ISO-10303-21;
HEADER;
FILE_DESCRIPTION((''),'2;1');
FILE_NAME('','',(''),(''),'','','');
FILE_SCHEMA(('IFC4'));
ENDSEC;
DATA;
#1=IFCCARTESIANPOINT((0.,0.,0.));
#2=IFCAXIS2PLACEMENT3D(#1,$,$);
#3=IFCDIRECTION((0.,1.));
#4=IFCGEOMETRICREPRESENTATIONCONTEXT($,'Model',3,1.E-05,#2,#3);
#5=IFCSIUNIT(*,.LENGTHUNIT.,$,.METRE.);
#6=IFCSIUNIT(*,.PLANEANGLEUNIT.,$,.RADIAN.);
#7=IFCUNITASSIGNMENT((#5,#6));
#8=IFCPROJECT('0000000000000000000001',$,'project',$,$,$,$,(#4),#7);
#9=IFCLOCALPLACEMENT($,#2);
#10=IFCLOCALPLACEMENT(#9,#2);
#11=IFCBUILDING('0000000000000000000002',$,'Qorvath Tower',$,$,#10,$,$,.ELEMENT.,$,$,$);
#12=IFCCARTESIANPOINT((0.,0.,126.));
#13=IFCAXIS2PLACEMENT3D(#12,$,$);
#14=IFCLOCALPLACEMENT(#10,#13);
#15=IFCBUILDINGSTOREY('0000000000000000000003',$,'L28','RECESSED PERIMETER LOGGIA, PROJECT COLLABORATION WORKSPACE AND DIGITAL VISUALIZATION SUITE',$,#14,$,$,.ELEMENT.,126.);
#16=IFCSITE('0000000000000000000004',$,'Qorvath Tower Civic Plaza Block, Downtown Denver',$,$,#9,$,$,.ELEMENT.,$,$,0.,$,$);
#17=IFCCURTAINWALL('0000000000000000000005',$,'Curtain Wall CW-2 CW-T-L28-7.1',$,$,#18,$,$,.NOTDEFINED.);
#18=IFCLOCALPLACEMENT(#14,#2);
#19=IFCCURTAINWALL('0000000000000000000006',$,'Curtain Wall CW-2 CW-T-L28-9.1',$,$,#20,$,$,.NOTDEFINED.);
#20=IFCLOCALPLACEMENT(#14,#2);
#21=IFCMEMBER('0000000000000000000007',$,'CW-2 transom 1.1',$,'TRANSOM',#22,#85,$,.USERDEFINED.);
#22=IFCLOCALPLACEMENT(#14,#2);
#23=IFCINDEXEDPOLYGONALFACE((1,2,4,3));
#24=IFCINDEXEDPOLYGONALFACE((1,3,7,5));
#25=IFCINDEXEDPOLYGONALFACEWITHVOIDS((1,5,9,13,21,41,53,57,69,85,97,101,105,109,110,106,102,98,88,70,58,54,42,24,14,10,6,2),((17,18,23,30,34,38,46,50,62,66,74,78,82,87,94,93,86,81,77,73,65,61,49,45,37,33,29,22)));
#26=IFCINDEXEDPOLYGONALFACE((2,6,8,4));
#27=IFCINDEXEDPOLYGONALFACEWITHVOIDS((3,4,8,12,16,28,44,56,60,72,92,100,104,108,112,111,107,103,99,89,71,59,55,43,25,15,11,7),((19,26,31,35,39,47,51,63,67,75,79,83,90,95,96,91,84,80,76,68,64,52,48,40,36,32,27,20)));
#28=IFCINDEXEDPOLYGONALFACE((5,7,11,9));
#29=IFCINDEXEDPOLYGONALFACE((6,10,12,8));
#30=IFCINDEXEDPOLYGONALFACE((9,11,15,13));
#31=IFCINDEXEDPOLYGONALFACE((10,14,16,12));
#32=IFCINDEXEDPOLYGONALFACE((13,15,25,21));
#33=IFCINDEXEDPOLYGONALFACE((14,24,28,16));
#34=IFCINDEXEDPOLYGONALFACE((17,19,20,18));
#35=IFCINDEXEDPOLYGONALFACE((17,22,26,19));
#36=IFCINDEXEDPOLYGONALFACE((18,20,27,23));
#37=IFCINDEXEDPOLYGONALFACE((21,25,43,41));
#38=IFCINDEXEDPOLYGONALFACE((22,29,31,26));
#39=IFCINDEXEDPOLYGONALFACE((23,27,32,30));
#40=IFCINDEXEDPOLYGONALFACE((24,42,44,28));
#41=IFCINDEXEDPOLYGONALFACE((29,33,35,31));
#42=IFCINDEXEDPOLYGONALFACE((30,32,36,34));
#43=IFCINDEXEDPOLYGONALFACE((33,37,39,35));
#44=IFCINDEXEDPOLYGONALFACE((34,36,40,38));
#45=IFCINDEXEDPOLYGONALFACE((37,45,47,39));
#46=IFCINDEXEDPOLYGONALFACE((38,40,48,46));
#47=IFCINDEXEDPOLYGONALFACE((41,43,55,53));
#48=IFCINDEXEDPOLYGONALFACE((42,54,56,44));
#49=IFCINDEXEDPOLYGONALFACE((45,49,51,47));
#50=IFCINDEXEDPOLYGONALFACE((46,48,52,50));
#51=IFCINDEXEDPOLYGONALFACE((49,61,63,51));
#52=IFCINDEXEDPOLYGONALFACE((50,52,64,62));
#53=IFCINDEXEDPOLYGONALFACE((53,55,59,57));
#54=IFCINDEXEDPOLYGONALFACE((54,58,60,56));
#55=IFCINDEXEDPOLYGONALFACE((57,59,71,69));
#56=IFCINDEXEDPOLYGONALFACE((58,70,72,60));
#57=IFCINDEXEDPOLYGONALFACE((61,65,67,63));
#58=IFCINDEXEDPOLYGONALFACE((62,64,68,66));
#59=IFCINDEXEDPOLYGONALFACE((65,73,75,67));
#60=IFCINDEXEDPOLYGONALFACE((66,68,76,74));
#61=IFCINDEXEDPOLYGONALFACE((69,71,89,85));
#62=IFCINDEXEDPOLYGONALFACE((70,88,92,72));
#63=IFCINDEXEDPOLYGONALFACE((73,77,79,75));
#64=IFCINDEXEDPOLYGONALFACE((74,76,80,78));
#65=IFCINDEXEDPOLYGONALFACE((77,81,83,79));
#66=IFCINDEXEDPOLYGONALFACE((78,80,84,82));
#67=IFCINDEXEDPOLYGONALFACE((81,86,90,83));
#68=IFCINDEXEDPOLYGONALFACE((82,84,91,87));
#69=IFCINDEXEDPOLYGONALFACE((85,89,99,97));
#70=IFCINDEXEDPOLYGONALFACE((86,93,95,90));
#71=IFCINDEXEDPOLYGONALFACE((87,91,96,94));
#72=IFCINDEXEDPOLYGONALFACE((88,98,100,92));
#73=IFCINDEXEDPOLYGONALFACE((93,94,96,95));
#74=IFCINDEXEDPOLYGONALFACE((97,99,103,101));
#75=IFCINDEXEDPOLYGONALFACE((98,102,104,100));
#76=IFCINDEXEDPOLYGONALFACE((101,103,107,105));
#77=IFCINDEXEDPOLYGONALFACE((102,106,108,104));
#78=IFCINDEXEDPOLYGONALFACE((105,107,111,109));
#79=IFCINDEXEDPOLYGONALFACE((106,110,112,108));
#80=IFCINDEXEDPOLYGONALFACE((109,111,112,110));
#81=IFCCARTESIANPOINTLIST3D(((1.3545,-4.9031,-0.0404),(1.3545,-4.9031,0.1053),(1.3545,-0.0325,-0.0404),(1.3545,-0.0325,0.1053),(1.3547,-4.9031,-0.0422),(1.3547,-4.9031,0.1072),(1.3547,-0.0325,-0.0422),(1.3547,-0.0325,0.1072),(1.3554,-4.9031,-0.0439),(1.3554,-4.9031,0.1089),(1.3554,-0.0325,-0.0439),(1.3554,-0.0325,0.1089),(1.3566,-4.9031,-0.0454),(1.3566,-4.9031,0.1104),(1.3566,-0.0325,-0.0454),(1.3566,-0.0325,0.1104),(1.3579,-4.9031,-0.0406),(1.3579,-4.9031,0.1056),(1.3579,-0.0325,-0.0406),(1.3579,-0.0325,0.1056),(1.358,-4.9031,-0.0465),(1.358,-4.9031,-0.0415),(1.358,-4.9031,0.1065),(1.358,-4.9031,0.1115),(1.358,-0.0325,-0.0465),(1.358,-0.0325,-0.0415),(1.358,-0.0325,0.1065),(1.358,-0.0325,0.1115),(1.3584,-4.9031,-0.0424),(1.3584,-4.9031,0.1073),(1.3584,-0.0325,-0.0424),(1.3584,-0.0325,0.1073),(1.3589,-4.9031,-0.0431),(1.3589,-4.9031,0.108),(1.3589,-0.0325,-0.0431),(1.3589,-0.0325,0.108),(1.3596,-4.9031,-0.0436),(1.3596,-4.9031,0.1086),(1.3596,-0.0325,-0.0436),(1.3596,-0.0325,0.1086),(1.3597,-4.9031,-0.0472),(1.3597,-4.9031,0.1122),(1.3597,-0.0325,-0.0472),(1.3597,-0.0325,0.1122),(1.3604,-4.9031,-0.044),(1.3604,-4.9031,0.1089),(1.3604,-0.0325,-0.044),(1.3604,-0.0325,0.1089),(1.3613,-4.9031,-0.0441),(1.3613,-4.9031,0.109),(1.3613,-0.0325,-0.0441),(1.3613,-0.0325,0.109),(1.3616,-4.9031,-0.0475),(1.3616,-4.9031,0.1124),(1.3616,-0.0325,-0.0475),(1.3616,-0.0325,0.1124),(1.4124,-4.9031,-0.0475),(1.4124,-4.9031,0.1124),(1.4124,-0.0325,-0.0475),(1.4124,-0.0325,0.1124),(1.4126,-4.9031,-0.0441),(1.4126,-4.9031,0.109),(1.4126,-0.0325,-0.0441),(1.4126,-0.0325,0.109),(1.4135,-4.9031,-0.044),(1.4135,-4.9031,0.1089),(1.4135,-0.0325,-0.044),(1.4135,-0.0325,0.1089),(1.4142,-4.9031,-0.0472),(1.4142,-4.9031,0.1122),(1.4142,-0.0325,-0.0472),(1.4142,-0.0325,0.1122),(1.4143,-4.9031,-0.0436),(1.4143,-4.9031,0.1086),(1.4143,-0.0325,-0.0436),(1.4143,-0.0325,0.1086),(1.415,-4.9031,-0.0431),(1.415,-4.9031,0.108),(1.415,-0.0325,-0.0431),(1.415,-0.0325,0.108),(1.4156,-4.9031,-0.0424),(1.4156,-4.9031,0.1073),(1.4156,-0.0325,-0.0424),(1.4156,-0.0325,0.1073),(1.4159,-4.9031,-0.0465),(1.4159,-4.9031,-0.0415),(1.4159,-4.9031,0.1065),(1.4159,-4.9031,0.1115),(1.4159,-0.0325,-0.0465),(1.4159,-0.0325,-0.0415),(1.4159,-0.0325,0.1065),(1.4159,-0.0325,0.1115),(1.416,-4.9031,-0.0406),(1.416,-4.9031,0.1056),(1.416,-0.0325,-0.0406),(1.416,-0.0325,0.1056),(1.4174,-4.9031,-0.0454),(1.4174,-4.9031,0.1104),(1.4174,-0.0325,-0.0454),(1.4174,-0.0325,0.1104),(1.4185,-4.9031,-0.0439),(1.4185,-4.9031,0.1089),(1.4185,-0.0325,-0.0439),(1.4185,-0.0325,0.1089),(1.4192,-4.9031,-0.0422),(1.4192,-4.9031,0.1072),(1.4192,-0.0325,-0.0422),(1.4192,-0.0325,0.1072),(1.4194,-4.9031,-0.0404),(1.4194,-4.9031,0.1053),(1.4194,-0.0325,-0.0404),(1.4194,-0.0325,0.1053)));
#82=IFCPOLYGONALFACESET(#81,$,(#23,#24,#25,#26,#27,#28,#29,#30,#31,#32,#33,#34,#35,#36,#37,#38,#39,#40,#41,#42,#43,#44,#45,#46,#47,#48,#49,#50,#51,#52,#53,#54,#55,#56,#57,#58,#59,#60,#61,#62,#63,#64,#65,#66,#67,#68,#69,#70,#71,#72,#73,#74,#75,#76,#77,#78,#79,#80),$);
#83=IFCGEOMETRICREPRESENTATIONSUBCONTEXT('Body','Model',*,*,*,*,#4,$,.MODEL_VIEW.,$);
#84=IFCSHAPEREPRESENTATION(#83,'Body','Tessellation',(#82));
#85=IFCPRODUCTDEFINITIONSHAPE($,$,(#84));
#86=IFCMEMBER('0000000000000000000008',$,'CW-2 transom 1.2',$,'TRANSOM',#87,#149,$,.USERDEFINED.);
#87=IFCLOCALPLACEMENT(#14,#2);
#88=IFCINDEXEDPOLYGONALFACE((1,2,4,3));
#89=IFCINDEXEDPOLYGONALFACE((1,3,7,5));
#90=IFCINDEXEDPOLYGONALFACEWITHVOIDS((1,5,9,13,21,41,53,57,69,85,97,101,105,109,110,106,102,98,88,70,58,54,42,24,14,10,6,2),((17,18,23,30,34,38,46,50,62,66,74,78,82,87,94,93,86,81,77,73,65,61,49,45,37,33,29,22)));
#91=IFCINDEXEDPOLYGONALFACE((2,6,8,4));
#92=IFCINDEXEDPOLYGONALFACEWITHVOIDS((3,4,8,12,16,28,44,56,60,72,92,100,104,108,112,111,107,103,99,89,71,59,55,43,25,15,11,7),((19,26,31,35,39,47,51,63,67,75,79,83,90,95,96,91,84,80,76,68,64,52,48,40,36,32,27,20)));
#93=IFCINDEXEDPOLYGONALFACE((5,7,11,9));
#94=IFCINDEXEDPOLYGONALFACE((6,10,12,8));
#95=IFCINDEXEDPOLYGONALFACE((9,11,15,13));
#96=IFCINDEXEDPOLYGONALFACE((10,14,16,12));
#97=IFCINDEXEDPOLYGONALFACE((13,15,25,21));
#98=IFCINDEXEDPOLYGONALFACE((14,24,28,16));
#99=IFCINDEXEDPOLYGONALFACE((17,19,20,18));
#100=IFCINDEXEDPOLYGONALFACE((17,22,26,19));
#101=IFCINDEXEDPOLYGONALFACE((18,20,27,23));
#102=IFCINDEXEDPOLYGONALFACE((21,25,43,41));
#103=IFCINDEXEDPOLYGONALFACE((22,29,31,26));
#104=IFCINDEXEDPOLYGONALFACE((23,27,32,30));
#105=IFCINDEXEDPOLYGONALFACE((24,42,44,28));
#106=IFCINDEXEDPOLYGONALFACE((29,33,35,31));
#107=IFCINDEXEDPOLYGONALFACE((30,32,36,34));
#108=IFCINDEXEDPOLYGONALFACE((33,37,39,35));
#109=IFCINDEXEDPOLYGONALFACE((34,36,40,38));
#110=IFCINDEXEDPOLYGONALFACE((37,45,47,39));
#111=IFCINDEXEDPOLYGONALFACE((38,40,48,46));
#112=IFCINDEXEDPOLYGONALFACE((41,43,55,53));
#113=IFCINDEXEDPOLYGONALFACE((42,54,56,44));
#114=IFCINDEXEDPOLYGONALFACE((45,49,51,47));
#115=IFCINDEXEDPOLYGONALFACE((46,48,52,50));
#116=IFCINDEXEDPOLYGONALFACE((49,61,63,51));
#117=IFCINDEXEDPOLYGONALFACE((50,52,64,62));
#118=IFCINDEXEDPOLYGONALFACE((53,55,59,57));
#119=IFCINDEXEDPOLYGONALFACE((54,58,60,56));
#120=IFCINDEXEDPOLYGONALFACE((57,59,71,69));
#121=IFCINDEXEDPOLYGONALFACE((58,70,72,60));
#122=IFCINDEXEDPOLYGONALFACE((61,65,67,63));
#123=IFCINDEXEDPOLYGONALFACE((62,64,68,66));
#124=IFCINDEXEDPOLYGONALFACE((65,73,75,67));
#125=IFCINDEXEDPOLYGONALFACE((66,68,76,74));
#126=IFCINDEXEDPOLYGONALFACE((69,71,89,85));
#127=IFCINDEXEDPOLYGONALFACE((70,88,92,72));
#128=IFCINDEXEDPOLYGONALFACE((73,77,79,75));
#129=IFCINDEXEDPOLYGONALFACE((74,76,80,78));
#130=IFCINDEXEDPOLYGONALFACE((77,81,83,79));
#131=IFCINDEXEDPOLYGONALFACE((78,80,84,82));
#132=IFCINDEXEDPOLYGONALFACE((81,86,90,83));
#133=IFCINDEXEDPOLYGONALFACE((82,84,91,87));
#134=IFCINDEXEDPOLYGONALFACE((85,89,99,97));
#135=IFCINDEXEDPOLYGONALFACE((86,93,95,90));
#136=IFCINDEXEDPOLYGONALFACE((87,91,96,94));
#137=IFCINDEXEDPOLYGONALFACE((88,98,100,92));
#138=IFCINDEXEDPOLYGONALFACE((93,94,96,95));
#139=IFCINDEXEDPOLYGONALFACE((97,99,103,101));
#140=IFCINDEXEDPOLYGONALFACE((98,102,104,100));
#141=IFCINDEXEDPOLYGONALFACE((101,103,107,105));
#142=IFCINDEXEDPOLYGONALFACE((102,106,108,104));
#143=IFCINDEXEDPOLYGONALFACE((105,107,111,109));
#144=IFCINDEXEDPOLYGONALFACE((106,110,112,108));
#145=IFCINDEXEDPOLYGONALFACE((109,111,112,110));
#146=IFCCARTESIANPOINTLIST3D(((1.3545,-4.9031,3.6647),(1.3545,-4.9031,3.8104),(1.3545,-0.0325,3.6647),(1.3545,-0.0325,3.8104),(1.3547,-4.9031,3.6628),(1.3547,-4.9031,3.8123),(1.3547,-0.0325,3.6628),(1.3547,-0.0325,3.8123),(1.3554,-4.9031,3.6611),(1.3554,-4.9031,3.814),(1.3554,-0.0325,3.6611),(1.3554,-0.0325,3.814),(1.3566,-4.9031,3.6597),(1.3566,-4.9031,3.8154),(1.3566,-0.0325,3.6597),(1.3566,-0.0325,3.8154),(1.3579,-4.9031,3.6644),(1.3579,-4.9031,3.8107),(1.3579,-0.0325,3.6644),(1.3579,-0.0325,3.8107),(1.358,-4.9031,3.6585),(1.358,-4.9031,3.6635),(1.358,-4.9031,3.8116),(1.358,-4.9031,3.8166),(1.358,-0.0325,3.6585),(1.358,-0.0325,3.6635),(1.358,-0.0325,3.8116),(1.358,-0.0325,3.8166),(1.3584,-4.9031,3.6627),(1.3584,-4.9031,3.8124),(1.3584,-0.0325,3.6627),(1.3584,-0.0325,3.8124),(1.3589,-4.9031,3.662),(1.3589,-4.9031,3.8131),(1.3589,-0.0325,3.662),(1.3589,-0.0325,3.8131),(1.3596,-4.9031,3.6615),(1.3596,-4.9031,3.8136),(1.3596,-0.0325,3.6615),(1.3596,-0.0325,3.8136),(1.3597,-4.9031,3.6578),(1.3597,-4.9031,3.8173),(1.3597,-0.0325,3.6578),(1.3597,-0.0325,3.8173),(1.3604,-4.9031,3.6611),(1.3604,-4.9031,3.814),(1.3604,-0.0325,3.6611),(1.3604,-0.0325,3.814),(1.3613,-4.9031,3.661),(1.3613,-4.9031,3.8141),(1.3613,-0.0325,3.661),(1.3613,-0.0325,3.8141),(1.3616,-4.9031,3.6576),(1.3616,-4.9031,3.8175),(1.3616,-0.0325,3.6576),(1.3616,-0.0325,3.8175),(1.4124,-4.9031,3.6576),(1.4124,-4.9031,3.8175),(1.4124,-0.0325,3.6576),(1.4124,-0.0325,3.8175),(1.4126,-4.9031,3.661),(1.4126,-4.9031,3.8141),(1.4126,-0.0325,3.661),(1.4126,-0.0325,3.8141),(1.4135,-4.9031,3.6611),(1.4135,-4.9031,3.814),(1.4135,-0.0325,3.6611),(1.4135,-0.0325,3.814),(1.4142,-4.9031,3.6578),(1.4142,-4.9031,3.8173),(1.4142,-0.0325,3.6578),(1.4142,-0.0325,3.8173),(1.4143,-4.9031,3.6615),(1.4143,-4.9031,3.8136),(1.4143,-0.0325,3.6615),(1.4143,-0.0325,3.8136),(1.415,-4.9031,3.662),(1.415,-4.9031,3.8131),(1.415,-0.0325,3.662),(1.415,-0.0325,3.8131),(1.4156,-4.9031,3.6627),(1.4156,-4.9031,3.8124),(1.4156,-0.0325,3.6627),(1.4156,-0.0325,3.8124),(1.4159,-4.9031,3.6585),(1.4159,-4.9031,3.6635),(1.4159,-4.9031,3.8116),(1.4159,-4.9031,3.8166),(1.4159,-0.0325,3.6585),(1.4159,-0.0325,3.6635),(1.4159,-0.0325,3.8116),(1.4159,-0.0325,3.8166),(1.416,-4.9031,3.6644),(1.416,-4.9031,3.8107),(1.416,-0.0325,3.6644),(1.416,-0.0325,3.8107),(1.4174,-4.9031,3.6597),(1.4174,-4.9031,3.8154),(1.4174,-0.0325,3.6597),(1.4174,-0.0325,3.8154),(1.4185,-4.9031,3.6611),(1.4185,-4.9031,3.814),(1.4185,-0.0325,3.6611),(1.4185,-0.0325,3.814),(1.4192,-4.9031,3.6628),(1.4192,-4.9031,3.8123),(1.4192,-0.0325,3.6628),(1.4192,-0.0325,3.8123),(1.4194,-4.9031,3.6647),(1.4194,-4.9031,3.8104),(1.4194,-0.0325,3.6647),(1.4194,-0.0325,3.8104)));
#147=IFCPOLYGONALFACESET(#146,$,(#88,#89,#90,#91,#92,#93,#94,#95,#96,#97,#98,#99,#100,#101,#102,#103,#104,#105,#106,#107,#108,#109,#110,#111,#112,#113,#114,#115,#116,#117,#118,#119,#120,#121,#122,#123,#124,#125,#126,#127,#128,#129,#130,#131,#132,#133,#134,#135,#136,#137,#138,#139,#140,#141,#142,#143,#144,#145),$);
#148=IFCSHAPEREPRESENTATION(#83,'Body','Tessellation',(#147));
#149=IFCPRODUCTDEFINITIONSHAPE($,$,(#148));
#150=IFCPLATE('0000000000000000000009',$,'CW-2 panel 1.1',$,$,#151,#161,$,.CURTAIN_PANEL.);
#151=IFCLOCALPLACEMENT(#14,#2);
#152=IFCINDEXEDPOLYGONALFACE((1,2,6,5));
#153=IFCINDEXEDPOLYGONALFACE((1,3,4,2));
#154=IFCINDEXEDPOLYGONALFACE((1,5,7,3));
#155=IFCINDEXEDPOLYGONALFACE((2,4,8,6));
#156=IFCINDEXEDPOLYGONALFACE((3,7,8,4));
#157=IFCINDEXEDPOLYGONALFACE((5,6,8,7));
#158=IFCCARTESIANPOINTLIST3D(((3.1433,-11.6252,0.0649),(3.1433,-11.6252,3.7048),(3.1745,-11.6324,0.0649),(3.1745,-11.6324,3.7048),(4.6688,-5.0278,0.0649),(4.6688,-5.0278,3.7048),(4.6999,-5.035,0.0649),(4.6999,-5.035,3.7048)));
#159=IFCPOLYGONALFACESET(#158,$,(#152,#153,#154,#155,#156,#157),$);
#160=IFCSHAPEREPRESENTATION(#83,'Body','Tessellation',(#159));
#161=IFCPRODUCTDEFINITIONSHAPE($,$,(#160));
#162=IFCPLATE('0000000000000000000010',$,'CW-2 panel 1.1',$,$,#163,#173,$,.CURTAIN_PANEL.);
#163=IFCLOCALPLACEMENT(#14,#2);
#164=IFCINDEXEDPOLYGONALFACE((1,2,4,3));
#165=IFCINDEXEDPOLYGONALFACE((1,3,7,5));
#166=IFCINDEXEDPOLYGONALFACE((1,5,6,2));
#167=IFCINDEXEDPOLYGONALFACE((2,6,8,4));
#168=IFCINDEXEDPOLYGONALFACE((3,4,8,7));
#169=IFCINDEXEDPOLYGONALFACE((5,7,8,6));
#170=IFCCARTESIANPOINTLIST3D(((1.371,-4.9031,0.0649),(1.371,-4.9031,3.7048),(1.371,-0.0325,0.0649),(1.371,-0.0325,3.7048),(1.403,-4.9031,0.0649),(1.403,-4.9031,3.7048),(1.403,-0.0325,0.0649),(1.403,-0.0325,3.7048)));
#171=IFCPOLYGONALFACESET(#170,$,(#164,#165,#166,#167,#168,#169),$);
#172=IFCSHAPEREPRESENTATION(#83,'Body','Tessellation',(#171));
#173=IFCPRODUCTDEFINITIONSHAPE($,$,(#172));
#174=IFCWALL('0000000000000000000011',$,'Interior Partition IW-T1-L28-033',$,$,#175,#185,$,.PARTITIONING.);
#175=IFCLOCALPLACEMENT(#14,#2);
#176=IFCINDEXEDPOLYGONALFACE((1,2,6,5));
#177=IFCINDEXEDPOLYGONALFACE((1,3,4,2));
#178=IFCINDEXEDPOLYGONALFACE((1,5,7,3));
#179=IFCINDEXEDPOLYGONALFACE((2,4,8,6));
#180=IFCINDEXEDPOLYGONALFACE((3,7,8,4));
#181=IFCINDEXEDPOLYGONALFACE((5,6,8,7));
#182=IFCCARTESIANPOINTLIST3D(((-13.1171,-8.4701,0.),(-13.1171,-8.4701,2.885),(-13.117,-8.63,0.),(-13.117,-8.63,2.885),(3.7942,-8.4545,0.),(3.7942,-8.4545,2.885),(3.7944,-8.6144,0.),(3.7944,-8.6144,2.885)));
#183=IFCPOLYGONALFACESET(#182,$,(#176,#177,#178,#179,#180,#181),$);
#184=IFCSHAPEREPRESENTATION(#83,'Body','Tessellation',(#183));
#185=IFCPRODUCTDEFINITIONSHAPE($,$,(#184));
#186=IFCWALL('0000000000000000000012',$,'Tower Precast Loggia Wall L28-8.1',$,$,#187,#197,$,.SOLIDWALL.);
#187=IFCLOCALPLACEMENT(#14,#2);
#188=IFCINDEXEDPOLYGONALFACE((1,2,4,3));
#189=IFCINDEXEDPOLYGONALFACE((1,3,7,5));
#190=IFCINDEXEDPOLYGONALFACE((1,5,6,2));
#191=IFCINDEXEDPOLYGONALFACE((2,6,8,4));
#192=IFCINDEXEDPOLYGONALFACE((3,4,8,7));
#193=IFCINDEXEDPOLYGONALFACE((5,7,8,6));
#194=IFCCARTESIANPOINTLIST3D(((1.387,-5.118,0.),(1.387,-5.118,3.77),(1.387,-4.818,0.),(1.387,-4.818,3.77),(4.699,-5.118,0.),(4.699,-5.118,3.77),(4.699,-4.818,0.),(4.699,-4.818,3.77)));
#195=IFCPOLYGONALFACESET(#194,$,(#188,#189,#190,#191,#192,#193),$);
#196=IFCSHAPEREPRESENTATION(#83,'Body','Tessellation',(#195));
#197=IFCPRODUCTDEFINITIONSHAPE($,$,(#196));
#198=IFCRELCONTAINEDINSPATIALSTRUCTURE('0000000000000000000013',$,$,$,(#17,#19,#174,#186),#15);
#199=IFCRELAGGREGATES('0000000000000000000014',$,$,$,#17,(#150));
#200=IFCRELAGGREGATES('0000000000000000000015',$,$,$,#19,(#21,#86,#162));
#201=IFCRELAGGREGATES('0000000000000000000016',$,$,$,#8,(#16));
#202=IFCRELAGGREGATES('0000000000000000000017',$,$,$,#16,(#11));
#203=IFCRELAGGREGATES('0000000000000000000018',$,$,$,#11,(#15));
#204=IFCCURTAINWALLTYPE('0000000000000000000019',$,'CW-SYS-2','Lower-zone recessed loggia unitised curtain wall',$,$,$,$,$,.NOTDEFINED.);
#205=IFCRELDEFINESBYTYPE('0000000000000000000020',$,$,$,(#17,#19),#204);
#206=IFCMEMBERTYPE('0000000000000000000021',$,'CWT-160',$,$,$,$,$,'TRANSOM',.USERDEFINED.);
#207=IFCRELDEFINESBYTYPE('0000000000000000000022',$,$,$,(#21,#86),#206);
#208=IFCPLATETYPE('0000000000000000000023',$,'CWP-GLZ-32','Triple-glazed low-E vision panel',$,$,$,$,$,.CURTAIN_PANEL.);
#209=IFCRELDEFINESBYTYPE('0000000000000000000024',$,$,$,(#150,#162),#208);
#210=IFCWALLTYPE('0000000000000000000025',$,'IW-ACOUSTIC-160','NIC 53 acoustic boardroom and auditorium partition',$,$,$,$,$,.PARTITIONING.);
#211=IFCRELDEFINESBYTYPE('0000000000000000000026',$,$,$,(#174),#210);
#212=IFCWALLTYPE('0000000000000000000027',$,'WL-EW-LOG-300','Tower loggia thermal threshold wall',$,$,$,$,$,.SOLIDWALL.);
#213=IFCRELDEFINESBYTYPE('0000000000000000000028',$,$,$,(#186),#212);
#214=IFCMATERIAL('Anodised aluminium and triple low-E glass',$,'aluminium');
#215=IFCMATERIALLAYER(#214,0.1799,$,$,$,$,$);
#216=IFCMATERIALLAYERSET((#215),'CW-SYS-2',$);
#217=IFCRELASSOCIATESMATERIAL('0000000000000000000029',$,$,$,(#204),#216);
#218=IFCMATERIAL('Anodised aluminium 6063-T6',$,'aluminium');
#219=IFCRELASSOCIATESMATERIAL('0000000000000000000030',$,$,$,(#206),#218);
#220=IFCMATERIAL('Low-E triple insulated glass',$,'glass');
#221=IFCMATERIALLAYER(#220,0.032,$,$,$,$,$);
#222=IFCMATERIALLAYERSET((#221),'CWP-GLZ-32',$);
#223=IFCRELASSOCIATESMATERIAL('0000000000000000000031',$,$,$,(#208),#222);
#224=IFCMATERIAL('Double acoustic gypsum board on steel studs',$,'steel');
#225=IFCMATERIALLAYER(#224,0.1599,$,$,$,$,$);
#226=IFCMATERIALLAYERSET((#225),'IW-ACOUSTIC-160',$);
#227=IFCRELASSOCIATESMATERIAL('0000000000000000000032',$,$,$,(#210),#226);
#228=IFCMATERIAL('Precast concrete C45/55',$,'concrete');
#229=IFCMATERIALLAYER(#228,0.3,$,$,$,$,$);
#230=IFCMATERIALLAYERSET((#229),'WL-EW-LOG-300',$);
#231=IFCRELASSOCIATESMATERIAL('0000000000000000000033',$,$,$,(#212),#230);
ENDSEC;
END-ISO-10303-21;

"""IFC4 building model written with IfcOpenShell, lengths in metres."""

from ifc_helpers import new_model, si_unit, direction, frame, frame_2d, origin, origin_2d, place, context, subcontext, project, spatial, rectangle, hollow_rectangle, extrude, material, layer, layer_set, material_profile, profile_set, type_object, element, aggregate, save


model = new_model("IFC4")

# Units and contexts
model_context = context("Model", 3, precision=1e-05, world=origin(), true_north=direction((0.0, 1.0)))
body_context = subcontext(model_context, "Body", "Model", "MODEL_VIEW")
ifc_project = project(units=[si_unit("LENGTHUNIT", "METRE"), si_unit("PLANEANGLEUNIT", "RADIAN")], contexts=[model_context])

# Site, building, storey
site_placement = place(None, origin())
site = spatial("IfcSite", under=ifc_project, at=site_placement, Name="Qorvath Tower Civic Plaza Block, Downtown Denver", CompositionType="ELEMENT", RefElevation=0.0)
building_placement = place(site_placement, origin())
building = spatial("IfcBuilding", under=site, at=building_placement, Name="Qorvath Tower", CompositionType="ELEMENT")
storey_placement = place(building_placement, frame((0.0, 0.0, 126.0)))
storey = spatial("IfcBuildingStorey", under=building, at=storey_placement, Name="L28", Description="RECESSED PERIMETER LOGGIA, PROJECT COLLABORATION WORKSPACE AND DIGITAL VISUALIZATION SUITE", CompositionType="ELEMENT", Elevation=126.0)

# Curtain wall
ifc_material_1 = material(Name="Anodised aluminium and triple low-E glass", Category="aluminium")
ifc_layer_1 = layer(ifc_material_1, 0.1799)
ifc_layer_set_1 = layer_set([ifc_layer_1], Name="CW-SYS-2")
curtain_wall_type = type_object("IfcCurtainWallType", Name="CW-SYS-2", Description="Lower-zone recessed loggia unitised curtain wall", PredefinedType="NOTDEFINED", material=ifc_layer_set_1)
curtain_wall_1_placement = place(storey_placement, origin())
curtain_wall_1 = element("IfcCurtainWall", 1, at=curtain_wall_1_placement, inside=storey, type_object=curtain_wall_type, Name="Curtain Wall CW-2 CW-T-L28-7.1", PredefinedType="NOTDEFINED")

# Curtain wall, members
curtain_wall_2_placement = place(storey_placement, origin())
curtain_wall_2 = element("IfcCurtainWall", 2, at=curtain_wall_2_placement, inside=storey, type_object=curtain_wall_type, Name="Curtain Wall CW-2 CW-T-L28-9.1", PredefinedType="NOTDEFINED")
ifc_material_2 = material(Name="Anodised aluminium 6063-T6", Category="aluminium")
ifc_material_profile_1 = material_profile(ifc_material_2, hollow_rectangle(XDim=0.0649, YDim=0.1599, WallThickness=0.0034, InnerFilletRadius=0.0034, OuterFilletRadius=0.0071, at=origin_2d()), Name="CWT 160x65")
ifc_profile_set_1 = profile_set([ifc_material_profile_1], Name="Anodised aluminium 6063-T6")
member_type_1 = type_object("IfcMemberType", Name="CWT-160", ElementType="TRANSOM", PredefinedType="USERDEFINED", material=ifc_profile_set_1)
member_1_placement = place(storey_placement, frame((1.387, -4.9031, 0.0325), z_axis=(0.0, 1.0, 0.0), x_axis=(-1.0, 0.0, 0.0)))
member_1 = element("IfcMember", 3, at=member_1_placement, type_object=member_type_1, Name="CW-2 transom 1.1", ObjectType="TRANSOM", PredefinedType="USERDEFINED", context=body_context, shape_type="SweptSolid", body=[
    extrude(hollow_rectangle(XDim=0.0649, YDim=0.1599, WallThickness=0.0034, InnerFilletRadius=0.0034, OuterFilletRadius=0.0071, at=origin_2d()), origin(), (0.0, 0.0, 1.0), 4.8706),
])
member_2_placement = place(storey_placement, frame((1.387, -4.9031, 3.7375), z_axis=(0.0, 1.0, 0.0), x_axis=(-1.0, 0.0, 0.0)))
member_2 = element("IfcMember", 4, at=member_2_placement, type_object=member_type_1, Name="CW-2 transom 1.2", ObjectType="TRANSOM", PredefinedType="USERDEFINED", context=body_context, shape_type="SweptSolid", body=[
    extrude(hollow_rectangle(XDim=0.0649, YDim=0.1599, WallThickness=0.0034, InnerFilletRadius=0.0034, OuterFilletRadius=0.0071, at=origin_2d()), origin(), (0.0, 0.0, 1.0), 4.8706),
])

# Plates
ifc_material_3 = material(Name="Low-E triple insulated glass", Category="glass")
ifc_layer_2 = layer(ifc_material_3, 0.032)
ifc_layer_set_2 = layer_set([ifc_layer_2], Name="CWP-GLZ-32")
plate_type = type_object("IfcPlateType", Name="CWP-GLZ-32", Description="Triple-glazed low-E vision panel", PredefinedType="CURTAIN_PANEL", material=ifc_layer_set_2)
plate_1_placement = place(storey_placement, frame((3.9216, -8.3301, 0.0649), z_axis=(0.0, 0.0, 1.0), x_axis=(0.22527, 0.974296, 0.0)))
plate_1 = element("IfcPlate", 5, at=plate_1_placement, type_object=plate_type, Name="CW-2 panel 1.1", PredefinedType="CURTAIN_PANEL", context=body_context, shape_type="SweptSolid", body=[
    extrude(rectangle(XDim=6.7715, YDim=0.032, at=origin_2d()), origin(), (0.0, 0.0, 1.0), 3.6399),
])
aggregate(curtain_wall_1, [plate_1])
plate_2_placement = place(storey_placement, frame((1.387, -2.4678, 0.0649), z_axis=(0.0, 0.0, 1.0), x_axis=(0.0, 1.0, 0.0)))
plate_2 = element("IfcPlate", 6, at=plate_2_placement, type_object=plate_type, Name="CW-2 panel 1.1", PredefinedType="CURTAIN_PANEL", context=body_context, shape_type="SweptSolid", body=[
    extrude(rectangle(XDim=4.8706, YDim=0.032, at=origin_2d()), origin(), (0.0, 0.0, 1.0), 3.6399),
])
aggregate(curtain_wall_2, [member_1, member_2, plate_2])

# Walls
ifc_material_4 = material(Name="Double acoustic gypsum board on steel studs", Category="steel")
ifc_layer_3 = layer(ifc_material_4, 0.1599)
ifc_layer_set_3 = layer_set([ifc_layer_3], Name="IW-ACOUSTIC-160")
wall_type_1 = type_object("IfcWallType", Name="IW-ACOUSTIC-160", Description="NIC 53 acoustic boardroom and auditorium partition", PredefinedType="PARTITIONING", material=ifc_layer_set_3)
wall_1_placement = place(storey_placement, frame((3.7942, -8.5344, 0.0), z_axis=(0.0, 0.0, 1.0), x_axis=(-1.0, -0.000924, 0.0)))
element("IfcWall", 7, at=wall_1_placement, inside=storey, type_object=wall_type_1, Name="Interior Partition IW-T1-L28-033", PredefinedType="PARTITIONING", context=body_context, shape_type="SweptSolid", body=[
    extrude(rectangle(XDim=16.9114, YDim=0.1599, at=frame_2d((8.4556, 0.0))), origin(), (0.0, 0.0, 1.0), 2.885),
])
ifc_material_5 = material(Name="Precast concrete C45/55", Category="concrete")
ifc_layer_4 = layer(ifc_material_5, 0.3)
ifc_layer_set_4 = layer_set([ifc_layer_4], Name="WL-EW-LOG-300")
wall_type_2 = type_object("IfcWallType", Name="WL-EW-LOG-300", Description="Tower loggia thermal threshold wall", PredefinedType="SOLIDWALL", material=ifc_layer_set_4)
wall_2_placement = place(storey_placement, frame((4.699, -4.968, 0.0), z_axis=(0.0, 0.0, 1.0), x_axis=(-1.0, 0.0, 0.0)))
element("IfcWall", 8, at=wall_2_placement, inside=storey, type_object=wall_type_2, Name="Tower Precast Loggia Wall L28-8.1", PredefinedType="SOLIDWALL", context=body_context, shape_type="SweptSolid", body=[
    extrude(rectangle(XDim=3.312, YDim=0.3, at=frame_2d((1.656, 0.0))), origin(), (0.0, 0.0, 1.0), 3.77),
])

save(model, "model.ifc")
